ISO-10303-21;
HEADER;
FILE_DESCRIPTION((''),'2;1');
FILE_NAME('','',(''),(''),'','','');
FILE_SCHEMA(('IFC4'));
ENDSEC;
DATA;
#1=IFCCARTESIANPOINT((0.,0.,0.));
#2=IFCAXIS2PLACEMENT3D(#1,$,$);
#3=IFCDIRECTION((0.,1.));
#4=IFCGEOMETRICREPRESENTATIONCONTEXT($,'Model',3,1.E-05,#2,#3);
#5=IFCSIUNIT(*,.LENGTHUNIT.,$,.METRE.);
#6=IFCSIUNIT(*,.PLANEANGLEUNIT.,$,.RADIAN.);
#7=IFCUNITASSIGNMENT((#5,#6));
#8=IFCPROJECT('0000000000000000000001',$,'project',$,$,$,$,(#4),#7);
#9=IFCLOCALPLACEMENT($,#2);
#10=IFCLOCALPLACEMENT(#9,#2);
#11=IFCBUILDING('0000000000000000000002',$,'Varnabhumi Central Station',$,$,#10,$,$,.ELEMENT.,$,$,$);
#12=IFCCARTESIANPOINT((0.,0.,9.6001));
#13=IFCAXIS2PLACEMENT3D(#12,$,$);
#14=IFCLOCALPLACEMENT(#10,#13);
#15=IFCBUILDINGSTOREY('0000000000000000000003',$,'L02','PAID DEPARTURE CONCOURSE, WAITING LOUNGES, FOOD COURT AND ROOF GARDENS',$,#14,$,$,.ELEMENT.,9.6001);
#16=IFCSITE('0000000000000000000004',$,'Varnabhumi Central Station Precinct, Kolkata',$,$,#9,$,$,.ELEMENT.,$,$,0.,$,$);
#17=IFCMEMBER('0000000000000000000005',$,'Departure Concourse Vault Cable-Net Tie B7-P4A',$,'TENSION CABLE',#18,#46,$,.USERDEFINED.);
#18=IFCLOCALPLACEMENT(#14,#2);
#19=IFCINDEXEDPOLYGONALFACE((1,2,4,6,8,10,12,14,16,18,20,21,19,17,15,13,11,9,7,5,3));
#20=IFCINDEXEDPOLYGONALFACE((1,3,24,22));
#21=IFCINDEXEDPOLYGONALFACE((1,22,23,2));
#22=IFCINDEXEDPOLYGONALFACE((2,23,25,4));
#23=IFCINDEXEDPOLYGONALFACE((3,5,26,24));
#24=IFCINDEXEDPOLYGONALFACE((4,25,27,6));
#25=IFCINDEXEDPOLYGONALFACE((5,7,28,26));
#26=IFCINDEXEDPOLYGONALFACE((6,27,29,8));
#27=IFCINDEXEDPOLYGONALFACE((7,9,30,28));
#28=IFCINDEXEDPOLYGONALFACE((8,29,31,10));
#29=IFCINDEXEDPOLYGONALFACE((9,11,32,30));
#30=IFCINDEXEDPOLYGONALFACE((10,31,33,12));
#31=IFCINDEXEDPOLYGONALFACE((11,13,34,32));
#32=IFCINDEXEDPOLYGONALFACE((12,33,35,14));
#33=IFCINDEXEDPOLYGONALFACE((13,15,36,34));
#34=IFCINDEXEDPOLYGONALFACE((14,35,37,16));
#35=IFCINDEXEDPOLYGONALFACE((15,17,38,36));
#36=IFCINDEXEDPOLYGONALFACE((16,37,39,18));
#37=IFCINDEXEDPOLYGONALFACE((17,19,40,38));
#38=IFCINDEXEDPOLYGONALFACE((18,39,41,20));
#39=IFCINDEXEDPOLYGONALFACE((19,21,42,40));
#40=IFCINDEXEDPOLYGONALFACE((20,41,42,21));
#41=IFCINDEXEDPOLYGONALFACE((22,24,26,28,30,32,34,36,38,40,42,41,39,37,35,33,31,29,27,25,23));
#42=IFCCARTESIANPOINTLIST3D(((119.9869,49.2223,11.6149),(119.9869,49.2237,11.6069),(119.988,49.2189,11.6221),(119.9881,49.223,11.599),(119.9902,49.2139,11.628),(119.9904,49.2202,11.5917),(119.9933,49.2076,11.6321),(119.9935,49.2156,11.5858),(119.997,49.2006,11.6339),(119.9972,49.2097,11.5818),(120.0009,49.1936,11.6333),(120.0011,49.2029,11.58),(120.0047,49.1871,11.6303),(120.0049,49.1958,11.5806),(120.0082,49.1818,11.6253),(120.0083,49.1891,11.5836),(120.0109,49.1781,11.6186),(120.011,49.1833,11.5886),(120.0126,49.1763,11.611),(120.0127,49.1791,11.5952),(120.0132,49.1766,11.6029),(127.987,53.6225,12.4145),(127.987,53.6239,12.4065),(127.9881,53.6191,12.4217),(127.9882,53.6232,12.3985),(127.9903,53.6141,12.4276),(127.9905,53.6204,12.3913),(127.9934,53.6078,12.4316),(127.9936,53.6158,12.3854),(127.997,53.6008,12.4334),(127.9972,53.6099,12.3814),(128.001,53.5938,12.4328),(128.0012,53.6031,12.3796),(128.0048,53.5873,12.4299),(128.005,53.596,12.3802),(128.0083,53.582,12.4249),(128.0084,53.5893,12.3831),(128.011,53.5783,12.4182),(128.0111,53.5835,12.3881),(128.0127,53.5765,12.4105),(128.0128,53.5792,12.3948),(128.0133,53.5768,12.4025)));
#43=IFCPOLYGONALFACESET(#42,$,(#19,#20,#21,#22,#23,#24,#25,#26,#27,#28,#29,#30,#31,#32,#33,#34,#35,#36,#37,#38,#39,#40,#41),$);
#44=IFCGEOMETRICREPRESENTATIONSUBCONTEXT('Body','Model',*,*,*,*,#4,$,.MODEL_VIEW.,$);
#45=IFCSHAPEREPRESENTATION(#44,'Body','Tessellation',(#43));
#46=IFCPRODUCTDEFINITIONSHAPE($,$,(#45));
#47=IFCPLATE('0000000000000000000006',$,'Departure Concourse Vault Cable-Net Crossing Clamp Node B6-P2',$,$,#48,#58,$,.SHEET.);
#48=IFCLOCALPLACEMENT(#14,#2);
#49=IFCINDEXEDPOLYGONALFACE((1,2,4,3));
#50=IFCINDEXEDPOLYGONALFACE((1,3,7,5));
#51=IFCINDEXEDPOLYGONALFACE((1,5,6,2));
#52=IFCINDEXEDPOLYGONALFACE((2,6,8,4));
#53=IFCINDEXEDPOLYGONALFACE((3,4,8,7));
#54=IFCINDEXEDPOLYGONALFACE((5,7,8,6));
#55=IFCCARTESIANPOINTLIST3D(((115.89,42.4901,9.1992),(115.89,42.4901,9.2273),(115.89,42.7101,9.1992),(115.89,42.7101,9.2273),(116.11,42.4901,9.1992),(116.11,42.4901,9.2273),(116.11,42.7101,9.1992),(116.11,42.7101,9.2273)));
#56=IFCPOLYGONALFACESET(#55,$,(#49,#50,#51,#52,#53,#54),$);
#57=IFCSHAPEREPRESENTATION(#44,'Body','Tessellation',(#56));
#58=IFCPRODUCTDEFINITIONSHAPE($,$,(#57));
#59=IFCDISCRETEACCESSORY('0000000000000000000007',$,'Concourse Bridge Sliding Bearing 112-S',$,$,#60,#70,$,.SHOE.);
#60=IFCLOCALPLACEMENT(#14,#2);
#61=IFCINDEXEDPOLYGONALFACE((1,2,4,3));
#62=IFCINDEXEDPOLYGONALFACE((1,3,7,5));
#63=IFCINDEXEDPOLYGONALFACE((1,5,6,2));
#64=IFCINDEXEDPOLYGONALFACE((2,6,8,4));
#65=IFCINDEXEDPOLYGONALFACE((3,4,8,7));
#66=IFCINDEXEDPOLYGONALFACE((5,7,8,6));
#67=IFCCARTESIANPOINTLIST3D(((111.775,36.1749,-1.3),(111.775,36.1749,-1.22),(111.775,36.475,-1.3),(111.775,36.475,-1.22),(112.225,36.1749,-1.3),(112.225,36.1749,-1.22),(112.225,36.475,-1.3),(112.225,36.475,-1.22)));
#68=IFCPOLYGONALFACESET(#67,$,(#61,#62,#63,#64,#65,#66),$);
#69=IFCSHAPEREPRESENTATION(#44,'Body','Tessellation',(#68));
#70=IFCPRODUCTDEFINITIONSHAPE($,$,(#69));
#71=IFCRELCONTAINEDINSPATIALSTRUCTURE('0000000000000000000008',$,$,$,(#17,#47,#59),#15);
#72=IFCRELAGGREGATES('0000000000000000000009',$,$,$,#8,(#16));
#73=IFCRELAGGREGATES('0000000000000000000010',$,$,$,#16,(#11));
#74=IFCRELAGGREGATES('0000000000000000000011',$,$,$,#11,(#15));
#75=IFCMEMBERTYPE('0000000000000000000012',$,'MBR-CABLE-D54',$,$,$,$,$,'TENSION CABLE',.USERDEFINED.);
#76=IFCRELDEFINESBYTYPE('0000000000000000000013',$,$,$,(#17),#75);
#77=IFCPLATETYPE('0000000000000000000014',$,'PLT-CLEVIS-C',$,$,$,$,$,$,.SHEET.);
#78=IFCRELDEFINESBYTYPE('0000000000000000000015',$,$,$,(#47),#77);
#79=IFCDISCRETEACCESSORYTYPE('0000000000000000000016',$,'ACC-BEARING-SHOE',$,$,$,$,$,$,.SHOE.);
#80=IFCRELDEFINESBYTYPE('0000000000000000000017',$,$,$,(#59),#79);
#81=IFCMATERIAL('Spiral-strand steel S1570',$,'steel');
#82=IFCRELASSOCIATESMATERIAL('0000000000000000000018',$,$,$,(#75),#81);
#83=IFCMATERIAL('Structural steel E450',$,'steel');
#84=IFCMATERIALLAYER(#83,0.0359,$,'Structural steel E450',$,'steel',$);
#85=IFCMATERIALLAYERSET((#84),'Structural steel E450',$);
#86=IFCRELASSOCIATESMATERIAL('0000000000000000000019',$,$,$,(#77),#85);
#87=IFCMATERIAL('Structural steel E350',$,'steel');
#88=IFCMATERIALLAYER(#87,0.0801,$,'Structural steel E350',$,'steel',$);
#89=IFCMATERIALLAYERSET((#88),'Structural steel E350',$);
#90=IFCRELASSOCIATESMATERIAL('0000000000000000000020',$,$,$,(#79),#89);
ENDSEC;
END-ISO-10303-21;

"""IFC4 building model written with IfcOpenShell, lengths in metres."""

from ifc_helpers import new_model, si_unit, direction, frame, origin, origin_2d, place, context, subcontext, project, spatial, rectangle, circle, extrude, material, layer, layer_set, material_profile, profile_set, type_object, element, save


model = new_model("IFC4")

# Units and contexts
model_context = context("Model", 3, precision=1e-05, world=origin(), true_north=direction((0.0, 1.0)))
body_context = subcontext(model_context, "Body", "Model", "MODEL_VIEW")
ifc_project = project(units=[si_unit("LENGTHUNIT", "METRE"), si_unit("PLANEANGLEUNIT", "RADIAN")], contexts=[model_context])

# Site, building, storey
site_placement = place(None, origin())
site = spatial("IfcSite", under=ifc_project, at=site_placement, Name="Varnabhumi Central Station Precinct, Kolkata", CompositionType="ELEMENT", RefElevation=0.0)
building_placement = place(site_placement, origin())
building = spatial("IfcBuilding", under=site, at=building_placement, Name="Varnabhumi Central Station", CompositionType="ELEMENT")
storey_placement = place(building_placement, frame((0.0, 0.0, 9.6001)))
storey = spatial("IfcBuildingStorey", under=building, at=storey_placement, Name="L02", Description="PAID DEPARTURE CONCOURSE, WAITING LOUNGES, FOOD COURT AND ROOF GARDENS", CompositionType="ELEMENT", Elevation=9.6001)

# Shared definitions
ifc_material_1 = material(Name="Structural steel E350", Category="steel")

# Member
ifc_material_2 = material(Name="Spiral-strand steel S1570", Category="steel")
ifc_material_profile_1 = material_profile(ifc_material_2, circle(Radius=0.0271, at=origin_2d()), Name="Spiral-strand steel S1570", Category="steel")
ifc_profile_set_1 = profile_set([ifc_material_profile_1], Name="Spiral-strand steel S1570")
member_type = type_object("IfcMemberType", Name="MBR-CABLE-D54", ElementType="TENSION CABLE", PredefinedType="USERDEFINED", material=ifc_profile_set_1)
member_1_placement = place(storey_placement, frame((120.0, 49.2, 11.6069), z_axis=(0.872869, 0.480094, 0.087239), x_axis=(-0.481931, 0.876209, 0.0)))
element("IfcMember", 1, at=member_1_placement, inside=storey, type_object=member_type, Name="Departure Concourse Vault Cable-Net Tie B7-P4A", ObjectType="TENSION CABLE", PredefinedType="USERDEFINED", context=body_context, shape_type="SweptSolid", body=[
    extrude(circle(Radius=0.0271, at=origin_2d()), origin(), (0.0, 0.0, 1.0), 9.1653),
])

# Plate
ifc_material_3 = material(Name="Structural steel E450", Category="steel")
ifc_layer_1 = layer(ifc_material_3, 0.0359, Name="Structural steel E450", Category="steel")
ifc_layer_set_1 = layer_set([ifc_layer_1], Name="Structural steel E450")
plate_type = type_object("IfcPlateType", Name="PLT-CLEVIS-C", PredefinedType="SHEET", material=ifc_layer_set_1)
plate_placement = place(storey_placement, frame((116.0, 42.6001, 9.1992), z_axis=(0.0, 0.0, 1.0), x_axis=(1.0, 0.0, 0.0)))
element("IfcPlate", 2, at=plate_placement, inside=storey, type_object=plate_type, Name="Departure Concourse Vault Cable-Net Crossing Clamp Node B6-P2", PredefinedType="SHEET", context=body_context, shape_type="SweptSolid", body=[
    extrude(rectangle(XDim=0.22, YDim=0.22, at=origin_2d()), origin(), (0.0, 0.0, 1.0), 0.0281),
])

# Discrete accessory
ifc_layer_2 = layer(ifc_material_1, 0.0801, Name="Structural steel E350", Category="steel")
ifc_layer_set_2 = layer_set([ifc_layer_2], Name="Structural steel E350")
discrete_accessory_type = type_object("IfcDiscreteAccessoryType", Name="ACC-BEARING-SHOE", PredefinedType="SHOE", material=ifc_layer_set_2)
discrete_accessory_placement = place(storey_placement, frame((112.0, 36.325, -1.3), z_axis=(0.0, 0.0, 1.0), x_axis=(1.0, 0.0, 0.0)))
element("IfcDiscreteAccessory", 3, at=discrete_accessory_placement, inside=storey, type_object=discrete_accessory_type, Name="Concourse Bridge Sliding Bearing 112-S", PredefinedType="SHOE", context=body_context, shape_type="SweptSolid", body=[
    extrude(rectangle(XDim=0.45, YDim=0.3, at=origin_2d()), origin(), (0.0, 0.0, 1.0), 0.0801),
])

save(model, "model.ifc")
